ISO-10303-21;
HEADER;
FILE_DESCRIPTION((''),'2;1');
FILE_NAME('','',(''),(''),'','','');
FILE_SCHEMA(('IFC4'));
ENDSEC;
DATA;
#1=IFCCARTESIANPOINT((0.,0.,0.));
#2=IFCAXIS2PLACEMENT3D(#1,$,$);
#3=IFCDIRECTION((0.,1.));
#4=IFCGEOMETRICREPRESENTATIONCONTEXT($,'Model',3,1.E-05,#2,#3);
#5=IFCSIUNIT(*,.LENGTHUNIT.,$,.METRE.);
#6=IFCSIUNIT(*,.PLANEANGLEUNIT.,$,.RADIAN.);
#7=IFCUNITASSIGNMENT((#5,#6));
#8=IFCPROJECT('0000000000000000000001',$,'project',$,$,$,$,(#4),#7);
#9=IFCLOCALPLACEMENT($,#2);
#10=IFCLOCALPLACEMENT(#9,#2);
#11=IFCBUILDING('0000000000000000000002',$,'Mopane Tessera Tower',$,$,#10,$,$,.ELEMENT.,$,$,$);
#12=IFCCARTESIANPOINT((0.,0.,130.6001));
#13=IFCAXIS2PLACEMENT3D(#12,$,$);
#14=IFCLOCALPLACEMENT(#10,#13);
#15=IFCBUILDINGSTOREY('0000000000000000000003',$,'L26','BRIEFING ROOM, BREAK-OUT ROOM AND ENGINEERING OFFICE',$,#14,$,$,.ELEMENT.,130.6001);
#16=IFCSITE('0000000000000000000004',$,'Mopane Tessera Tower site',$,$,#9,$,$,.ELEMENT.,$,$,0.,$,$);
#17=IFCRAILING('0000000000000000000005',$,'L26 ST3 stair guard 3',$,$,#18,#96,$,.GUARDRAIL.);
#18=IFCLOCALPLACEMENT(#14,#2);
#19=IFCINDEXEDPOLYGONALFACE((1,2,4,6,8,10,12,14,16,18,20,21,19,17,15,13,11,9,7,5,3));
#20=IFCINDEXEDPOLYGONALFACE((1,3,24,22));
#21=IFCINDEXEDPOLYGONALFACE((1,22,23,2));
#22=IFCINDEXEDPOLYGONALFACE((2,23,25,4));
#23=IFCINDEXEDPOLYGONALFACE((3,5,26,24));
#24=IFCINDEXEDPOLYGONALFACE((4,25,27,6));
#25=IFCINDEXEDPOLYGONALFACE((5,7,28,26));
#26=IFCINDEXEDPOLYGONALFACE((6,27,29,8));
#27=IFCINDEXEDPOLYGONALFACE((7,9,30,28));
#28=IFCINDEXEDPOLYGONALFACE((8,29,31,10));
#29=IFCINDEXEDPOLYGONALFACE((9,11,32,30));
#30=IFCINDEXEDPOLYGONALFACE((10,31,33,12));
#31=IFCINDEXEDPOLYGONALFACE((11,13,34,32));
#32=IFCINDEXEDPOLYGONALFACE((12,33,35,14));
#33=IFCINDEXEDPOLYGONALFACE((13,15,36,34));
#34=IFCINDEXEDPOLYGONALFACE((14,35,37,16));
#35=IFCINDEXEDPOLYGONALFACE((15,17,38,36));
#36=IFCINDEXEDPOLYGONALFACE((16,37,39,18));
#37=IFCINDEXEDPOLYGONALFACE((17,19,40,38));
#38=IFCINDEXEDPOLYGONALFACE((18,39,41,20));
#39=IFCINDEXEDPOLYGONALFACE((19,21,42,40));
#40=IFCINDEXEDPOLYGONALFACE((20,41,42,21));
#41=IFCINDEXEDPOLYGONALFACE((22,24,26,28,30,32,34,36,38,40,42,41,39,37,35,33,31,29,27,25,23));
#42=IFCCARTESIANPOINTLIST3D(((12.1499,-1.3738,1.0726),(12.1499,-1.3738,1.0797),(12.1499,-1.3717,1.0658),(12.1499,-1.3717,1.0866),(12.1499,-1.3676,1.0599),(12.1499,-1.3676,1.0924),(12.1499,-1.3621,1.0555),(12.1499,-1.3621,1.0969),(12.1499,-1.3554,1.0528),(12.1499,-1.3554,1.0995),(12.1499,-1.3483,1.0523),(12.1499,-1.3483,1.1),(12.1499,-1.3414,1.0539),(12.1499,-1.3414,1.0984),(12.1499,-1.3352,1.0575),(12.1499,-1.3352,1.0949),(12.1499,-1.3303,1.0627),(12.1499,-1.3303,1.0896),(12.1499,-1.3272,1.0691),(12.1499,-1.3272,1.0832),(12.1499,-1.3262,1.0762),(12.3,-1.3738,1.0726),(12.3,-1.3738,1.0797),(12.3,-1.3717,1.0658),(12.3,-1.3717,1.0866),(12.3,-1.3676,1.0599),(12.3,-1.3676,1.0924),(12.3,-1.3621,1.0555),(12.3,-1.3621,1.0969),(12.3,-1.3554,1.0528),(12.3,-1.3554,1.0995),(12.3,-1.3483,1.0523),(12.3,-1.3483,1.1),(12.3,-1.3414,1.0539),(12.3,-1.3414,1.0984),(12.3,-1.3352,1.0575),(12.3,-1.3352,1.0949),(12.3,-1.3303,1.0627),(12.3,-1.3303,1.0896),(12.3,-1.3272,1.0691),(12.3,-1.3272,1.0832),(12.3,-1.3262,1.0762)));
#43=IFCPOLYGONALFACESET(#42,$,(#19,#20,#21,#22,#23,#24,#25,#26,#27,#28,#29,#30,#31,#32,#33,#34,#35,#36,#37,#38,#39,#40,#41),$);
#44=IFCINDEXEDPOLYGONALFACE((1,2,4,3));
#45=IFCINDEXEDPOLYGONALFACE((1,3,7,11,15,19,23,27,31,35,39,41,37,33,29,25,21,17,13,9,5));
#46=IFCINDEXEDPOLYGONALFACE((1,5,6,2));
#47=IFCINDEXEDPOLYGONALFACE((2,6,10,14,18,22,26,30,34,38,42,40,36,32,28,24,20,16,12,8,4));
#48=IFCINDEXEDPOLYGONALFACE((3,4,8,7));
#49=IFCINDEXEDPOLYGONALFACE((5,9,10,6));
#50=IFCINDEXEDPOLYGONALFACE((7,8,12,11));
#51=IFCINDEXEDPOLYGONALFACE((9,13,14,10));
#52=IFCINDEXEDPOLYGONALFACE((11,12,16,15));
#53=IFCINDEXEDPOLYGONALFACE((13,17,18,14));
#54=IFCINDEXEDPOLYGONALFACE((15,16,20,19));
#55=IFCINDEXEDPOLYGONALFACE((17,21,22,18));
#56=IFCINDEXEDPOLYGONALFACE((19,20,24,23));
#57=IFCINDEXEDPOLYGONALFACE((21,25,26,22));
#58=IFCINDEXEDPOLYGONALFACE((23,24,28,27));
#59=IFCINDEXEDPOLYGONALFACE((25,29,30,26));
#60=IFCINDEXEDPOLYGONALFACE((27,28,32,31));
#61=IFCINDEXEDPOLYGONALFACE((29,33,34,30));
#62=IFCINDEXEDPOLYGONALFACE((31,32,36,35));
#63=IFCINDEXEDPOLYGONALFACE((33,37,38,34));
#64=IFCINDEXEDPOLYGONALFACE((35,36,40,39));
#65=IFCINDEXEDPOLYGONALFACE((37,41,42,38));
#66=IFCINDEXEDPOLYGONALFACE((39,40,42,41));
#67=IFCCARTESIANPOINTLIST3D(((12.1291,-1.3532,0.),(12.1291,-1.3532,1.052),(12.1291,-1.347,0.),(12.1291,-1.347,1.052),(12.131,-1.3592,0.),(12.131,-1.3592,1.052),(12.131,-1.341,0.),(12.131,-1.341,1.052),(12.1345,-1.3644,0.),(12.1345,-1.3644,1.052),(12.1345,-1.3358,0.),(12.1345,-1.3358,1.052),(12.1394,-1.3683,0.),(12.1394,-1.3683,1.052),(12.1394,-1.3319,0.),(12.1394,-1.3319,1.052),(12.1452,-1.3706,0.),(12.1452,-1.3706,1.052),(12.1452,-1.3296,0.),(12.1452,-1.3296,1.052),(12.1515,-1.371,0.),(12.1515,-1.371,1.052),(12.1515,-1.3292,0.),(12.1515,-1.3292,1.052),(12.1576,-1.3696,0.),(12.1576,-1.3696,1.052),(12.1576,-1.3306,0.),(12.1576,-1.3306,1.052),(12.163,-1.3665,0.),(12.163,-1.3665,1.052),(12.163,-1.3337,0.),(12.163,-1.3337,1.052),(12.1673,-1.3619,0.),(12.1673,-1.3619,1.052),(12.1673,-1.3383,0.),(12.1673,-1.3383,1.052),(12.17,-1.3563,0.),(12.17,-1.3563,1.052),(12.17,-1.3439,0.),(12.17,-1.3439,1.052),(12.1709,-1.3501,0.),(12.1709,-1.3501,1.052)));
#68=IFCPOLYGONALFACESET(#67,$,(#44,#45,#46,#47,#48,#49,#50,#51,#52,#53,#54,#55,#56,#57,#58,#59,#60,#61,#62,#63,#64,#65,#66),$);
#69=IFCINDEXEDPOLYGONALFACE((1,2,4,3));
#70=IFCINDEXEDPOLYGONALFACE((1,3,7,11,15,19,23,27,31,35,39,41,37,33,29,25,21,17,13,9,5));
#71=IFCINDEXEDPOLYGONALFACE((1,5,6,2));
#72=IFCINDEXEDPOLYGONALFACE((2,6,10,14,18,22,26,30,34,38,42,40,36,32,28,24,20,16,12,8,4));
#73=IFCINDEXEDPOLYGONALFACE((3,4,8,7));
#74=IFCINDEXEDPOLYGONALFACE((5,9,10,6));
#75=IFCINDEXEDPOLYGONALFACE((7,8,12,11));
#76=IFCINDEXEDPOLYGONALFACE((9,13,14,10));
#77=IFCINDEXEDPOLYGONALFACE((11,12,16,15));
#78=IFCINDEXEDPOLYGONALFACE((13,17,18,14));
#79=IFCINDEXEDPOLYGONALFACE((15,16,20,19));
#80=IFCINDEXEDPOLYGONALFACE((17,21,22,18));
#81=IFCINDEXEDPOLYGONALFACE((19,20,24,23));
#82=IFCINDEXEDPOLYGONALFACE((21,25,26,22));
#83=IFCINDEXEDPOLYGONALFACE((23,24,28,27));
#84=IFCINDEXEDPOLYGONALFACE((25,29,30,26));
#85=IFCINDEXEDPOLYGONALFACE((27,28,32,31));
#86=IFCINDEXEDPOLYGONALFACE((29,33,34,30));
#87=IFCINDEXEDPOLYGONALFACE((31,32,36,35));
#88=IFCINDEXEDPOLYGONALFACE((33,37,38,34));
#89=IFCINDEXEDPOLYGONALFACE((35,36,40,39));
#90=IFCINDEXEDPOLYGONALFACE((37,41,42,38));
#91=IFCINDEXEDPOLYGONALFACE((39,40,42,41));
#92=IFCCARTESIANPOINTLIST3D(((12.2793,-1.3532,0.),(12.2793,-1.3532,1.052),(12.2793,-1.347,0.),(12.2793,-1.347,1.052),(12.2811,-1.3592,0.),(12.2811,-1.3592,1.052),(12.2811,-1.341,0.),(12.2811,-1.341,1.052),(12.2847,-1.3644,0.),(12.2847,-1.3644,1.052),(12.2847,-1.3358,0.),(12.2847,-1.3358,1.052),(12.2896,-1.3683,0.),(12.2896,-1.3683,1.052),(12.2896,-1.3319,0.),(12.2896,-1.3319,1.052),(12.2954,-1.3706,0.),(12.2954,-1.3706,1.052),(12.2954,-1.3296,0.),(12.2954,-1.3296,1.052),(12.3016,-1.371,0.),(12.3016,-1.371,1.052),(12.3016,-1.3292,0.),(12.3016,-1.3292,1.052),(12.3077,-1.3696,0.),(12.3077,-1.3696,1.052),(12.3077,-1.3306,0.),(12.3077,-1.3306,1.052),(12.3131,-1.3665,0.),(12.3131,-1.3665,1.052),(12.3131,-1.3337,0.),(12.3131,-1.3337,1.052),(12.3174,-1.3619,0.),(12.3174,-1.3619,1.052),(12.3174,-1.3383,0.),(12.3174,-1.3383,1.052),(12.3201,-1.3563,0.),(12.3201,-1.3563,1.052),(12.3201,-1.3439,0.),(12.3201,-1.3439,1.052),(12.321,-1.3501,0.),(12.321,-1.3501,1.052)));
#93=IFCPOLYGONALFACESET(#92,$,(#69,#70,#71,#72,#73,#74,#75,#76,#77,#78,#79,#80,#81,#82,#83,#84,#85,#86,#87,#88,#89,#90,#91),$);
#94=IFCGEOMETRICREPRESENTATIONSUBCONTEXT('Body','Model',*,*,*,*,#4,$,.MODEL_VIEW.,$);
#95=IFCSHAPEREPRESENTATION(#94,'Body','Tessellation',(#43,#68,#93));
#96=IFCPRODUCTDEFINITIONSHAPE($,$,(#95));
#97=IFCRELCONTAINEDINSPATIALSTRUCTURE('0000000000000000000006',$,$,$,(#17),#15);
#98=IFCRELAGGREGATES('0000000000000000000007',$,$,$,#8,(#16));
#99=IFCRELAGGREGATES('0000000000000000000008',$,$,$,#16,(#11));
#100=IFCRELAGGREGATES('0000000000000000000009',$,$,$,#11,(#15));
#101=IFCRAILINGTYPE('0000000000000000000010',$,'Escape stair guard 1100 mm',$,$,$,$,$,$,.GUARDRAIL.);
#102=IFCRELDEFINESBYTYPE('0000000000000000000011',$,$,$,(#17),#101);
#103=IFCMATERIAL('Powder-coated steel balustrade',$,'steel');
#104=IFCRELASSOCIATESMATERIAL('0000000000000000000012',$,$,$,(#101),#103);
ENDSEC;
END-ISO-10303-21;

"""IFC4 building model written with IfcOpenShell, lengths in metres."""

from ifc_helpers import new_model, si_unit, direction, frame, origin, origin_2d, place, context, subcontext, project, spatial, circle, extrude, material, type_object, element, save


model = new_model("IFC4")

# Units and contexts
model_context = context("Model", 3, precision=1e-05, world=origin(), true_north=direction((0.0, 1.0)))
body_context = subcontext(model_context, "Body", "Model", "MODEL_VIEW")
ifc_project = project(units=[si_unit("LENGTHUNIT", "METRE"), si_unit("PLANEANGLEUNIT", "RADIAN")], contexts=[model_context])

# Site, building, storey
site_placement = place(None, origin())
site = spatial("IfcSite", under=ifc_project, at=site_placement, Name="Mopane Tessera Tower site", CompositionType="ELEMENT", RefElevation=0.0)
building_placement = place(site_placement, origin())
building = spatial("IfcBuilding", under=site, at=building_placement, Name="Mopane Tessera Tower", CompositionType="ELEMENT")
storey_placement = place(building_placement, frame((0.0, 0.0, 130.6001)))
storey = spatial("IfcBuildingStorey", under=building, at=storey_placement, Name="L26", Description="BRIEFING ROOM, BREAK-OUT ROOM AND ENGINEERING OFFICE", CompositionType="ELEMENT", Elevation=130.6001)

# Railing
ifc_material_1 = material(Name="Powder-coated steel balustrade", Category="steel")
railing_type_1 = type_object("IfcRailingType", Name="Escape stair guard 1100 mm", PredefinedType="GUARDRAIL", material=ifc_material_1)
railing_1_placement = place(storey_placement, frame((12.1499, -1.3501, 0.0)))
element("IfcRailing", 1, at=railing_1_placement, inside=storey, type_object=railing_type_1, Name="L26 ST3 stair guard 3", PredefinedType="GUARDRAIL", context=body_context, shape_type="SweptSolid", body=[
    extrude(circle(Radius=0.0239, at=origin_2d()), frame((0.0, 0.0, 1.0762), z_axis=(1.0, 0.0, 0.0), x_axis=(0.0, 1.0, 0.0)), (0.0, 0.0, 1.0), 0.1501),
    extrude(circle(Radius=0.021, at=origin_2d()), origin(), (0.0, 0.0, 1.0), 1.052),
    extrude(circle(Radius=0.021, at=origin_2d()), frame((0.1501, 0.0, 0.0)), (0.0, 0.0, 1.0), 1.052),
])

save(model, "model.ifc")
